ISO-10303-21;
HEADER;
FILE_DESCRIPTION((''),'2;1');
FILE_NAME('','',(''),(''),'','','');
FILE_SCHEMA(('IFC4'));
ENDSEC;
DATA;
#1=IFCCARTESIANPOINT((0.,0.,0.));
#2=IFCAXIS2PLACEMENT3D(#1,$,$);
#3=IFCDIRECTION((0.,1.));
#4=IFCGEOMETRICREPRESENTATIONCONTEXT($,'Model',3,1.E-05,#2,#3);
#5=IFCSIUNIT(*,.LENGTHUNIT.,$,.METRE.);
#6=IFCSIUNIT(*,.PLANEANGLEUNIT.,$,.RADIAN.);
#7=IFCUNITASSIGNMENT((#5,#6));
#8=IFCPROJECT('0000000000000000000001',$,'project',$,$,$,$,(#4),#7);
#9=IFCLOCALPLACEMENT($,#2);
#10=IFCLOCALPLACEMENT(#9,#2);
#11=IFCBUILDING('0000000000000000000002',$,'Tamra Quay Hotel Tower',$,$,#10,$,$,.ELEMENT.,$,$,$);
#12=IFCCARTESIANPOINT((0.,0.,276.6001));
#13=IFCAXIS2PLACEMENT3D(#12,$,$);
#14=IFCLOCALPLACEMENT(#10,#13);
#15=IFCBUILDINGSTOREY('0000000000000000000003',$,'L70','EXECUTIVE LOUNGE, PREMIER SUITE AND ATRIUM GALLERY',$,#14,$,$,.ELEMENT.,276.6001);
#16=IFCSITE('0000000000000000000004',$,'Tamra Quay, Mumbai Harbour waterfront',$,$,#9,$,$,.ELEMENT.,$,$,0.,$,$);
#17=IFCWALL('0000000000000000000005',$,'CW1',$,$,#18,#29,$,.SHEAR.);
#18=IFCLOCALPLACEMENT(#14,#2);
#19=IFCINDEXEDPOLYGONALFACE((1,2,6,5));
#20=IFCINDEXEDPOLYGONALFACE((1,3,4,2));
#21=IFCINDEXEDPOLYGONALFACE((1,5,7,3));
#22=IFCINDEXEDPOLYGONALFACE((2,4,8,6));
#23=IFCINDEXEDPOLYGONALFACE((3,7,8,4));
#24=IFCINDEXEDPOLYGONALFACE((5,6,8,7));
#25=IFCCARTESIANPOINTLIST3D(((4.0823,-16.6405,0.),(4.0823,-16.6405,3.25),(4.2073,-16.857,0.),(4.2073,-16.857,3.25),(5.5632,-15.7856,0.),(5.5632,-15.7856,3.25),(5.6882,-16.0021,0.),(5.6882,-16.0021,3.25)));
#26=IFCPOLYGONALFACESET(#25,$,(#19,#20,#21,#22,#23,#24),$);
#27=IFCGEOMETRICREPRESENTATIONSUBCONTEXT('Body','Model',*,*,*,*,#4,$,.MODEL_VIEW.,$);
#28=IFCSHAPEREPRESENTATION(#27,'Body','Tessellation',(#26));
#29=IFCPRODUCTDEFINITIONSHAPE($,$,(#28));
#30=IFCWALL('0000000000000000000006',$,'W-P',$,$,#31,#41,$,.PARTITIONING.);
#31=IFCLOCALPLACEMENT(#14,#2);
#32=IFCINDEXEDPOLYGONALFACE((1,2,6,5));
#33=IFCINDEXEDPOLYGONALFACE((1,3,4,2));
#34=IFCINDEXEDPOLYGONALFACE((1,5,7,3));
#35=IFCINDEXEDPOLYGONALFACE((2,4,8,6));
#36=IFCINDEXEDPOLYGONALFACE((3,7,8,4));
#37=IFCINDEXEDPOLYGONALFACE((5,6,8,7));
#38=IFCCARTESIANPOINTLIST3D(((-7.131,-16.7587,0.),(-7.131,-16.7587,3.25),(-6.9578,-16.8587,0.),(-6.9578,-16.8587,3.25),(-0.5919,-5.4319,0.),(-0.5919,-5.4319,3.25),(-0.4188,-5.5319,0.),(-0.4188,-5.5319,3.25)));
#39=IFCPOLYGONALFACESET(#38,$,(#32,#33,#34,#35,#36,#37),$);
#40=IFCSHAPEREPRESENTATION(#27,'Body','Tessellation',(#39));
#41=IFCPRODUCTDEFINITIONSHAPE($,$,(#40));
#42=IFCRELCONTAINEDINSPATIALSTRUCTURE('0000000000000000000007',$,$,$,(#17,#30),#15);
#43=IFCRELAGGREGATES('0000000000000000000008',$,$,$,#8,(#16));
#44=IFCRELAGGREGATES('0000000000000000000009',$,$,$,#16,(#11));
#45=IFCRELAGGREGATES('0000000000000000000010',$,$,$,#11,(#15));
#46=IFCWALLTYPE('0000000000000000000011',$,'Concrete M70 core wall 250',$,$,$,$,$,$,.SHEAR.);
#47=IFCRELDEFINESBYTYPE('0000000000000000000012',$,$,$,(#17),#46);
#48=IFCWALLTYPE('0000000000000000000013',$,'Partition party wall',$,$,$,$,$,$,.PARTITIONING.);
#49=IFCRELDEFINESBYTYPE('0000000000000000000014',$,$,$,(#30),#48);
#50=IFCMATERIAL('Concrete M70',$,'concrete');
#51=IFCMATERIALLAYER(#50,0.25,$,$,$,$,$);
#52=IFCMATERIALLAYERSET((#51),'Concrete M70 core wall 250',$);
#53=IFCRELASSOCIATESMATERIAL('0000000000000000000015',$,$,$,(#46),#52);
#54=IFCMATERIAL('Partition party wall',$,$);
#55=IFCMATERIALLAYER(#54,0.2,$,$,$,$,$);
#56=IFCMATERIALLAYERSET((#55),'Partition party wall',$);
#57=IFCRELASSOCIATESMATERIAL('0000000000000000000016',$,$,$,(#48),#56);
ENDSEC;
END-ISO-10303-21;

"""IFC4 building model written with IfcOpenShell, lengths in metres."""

from ifc_helpers import new_model, si_unit, direction, frame, frame_2d, origin, place, context, subcontext, project, spatial, rectangle, extrude, material, layer, layer_set, type_object, element, save


model = new_model("IFC4")

# Units and contexts
model_context = context("Model", 3, precision=1e-05, world=origin(), true_north=direction((0.0, 1.0)))
body_context = subcontext(model_context, "Body", "Model", "MODEL_VIEW")
ifc_project = project(units=[si_unit("LENGTHUNIT", "METRE"), si_unit("PLANEANGLEUNIT", "RADIAN")], contexts=[model_context])

# Site, building, storey
site_placement = place(None, origin())
site = spatial("IfcSite", under=ifc_project, at=site_placement, Name="Tamra Quay, Mumbai Harbour waterfront", CompositionType="ELEMENT", RefElevation=0.0)
building_placement = place(site_placement, origin())
building = spatial("IfcBuilding", under=site, at=building_placement, Name="Tamra Quay Hotel Tower", CompositionType="ELEMENT")
storey_placement = place(building_placement, frame((0.0, 0.0, 276.6001)))
storey = spatial("IfcBuildingStorey", under=building, at=storey_placement, Name="L70", Description="EXECUTIVE LOUNGE, PREMIER SUITE AND ATRIUM GALLERY", CompositionType="ELEMENT", Elevation=276.6001)

# Shared definitions
ifc_material_1 = material(Name="Concrete M70", Category="concrete")

# Walls
ifc_layer_1 = layer(ifc_material_1, 0.25)
ifc_layer_set_1 = layer_set([ifc_layer_1], Name="Concrete M70 core wall 250")
wall_type_1 = type_object("IfcWallType", Name="Concrete M70 core wall 250", PredefinedType="SHEAR", material=ifc_layer_set_1)
wall_1_placement = place(storey_placement, frame((4.1448, -16.7488, 0.0), z_axis=(0.0, 0.0, 1.0), x_axis=(0.866038, 0.499978, 0.0)))
element("IfcWall", 1, at=wall_1_placement, inside=storey, type_object=wall_type_1, Name="CW1", PredefinedType="SHEAR", context=body_context, shape_type="SweptSolid", body=[
    extrude(rectangle(XDim=1.71, YDim=0.25, at=frame_2d((0.855, 0.0))), origin(), (0.0, 0.0, 1.0), 3.25),
])
ifc_material_2 = material(Name="Partition party wall")
ifc_layer_2 = layer(ifc_material_2, 0.2)
ifc_layer_set_2 = layer_set([ifc_layer_2], Name="Partition party wall")
wall_type_2 = type_object("IfcWallType", Name="Partition party wall", PredefinedType="PARTITIONING", material=ifc_layer_set_2)
wall_2_placement = place(storey_placement, frame((-7.0444, -16.8088, 0.0), z_axis=(0.0, 0.0, 1.0), x_axis=(0.49997, 0.866043, 0.0)))
element("IfcWall", 2, at=wall_2_placement, inside=storey, type_object=wall_type_2, Name="W-P", PredefinedType="PARTITIONING", context=body_context, shape_type="SweptSolid", body=[
    extrude(rectangle(XDim=13.0789, YDim=0.2, at=frame_2d((6.5396, 0.0))), origin(), (0.0, 0.0, 1.0), 3.25),
])

save(model, "model.ifc")
